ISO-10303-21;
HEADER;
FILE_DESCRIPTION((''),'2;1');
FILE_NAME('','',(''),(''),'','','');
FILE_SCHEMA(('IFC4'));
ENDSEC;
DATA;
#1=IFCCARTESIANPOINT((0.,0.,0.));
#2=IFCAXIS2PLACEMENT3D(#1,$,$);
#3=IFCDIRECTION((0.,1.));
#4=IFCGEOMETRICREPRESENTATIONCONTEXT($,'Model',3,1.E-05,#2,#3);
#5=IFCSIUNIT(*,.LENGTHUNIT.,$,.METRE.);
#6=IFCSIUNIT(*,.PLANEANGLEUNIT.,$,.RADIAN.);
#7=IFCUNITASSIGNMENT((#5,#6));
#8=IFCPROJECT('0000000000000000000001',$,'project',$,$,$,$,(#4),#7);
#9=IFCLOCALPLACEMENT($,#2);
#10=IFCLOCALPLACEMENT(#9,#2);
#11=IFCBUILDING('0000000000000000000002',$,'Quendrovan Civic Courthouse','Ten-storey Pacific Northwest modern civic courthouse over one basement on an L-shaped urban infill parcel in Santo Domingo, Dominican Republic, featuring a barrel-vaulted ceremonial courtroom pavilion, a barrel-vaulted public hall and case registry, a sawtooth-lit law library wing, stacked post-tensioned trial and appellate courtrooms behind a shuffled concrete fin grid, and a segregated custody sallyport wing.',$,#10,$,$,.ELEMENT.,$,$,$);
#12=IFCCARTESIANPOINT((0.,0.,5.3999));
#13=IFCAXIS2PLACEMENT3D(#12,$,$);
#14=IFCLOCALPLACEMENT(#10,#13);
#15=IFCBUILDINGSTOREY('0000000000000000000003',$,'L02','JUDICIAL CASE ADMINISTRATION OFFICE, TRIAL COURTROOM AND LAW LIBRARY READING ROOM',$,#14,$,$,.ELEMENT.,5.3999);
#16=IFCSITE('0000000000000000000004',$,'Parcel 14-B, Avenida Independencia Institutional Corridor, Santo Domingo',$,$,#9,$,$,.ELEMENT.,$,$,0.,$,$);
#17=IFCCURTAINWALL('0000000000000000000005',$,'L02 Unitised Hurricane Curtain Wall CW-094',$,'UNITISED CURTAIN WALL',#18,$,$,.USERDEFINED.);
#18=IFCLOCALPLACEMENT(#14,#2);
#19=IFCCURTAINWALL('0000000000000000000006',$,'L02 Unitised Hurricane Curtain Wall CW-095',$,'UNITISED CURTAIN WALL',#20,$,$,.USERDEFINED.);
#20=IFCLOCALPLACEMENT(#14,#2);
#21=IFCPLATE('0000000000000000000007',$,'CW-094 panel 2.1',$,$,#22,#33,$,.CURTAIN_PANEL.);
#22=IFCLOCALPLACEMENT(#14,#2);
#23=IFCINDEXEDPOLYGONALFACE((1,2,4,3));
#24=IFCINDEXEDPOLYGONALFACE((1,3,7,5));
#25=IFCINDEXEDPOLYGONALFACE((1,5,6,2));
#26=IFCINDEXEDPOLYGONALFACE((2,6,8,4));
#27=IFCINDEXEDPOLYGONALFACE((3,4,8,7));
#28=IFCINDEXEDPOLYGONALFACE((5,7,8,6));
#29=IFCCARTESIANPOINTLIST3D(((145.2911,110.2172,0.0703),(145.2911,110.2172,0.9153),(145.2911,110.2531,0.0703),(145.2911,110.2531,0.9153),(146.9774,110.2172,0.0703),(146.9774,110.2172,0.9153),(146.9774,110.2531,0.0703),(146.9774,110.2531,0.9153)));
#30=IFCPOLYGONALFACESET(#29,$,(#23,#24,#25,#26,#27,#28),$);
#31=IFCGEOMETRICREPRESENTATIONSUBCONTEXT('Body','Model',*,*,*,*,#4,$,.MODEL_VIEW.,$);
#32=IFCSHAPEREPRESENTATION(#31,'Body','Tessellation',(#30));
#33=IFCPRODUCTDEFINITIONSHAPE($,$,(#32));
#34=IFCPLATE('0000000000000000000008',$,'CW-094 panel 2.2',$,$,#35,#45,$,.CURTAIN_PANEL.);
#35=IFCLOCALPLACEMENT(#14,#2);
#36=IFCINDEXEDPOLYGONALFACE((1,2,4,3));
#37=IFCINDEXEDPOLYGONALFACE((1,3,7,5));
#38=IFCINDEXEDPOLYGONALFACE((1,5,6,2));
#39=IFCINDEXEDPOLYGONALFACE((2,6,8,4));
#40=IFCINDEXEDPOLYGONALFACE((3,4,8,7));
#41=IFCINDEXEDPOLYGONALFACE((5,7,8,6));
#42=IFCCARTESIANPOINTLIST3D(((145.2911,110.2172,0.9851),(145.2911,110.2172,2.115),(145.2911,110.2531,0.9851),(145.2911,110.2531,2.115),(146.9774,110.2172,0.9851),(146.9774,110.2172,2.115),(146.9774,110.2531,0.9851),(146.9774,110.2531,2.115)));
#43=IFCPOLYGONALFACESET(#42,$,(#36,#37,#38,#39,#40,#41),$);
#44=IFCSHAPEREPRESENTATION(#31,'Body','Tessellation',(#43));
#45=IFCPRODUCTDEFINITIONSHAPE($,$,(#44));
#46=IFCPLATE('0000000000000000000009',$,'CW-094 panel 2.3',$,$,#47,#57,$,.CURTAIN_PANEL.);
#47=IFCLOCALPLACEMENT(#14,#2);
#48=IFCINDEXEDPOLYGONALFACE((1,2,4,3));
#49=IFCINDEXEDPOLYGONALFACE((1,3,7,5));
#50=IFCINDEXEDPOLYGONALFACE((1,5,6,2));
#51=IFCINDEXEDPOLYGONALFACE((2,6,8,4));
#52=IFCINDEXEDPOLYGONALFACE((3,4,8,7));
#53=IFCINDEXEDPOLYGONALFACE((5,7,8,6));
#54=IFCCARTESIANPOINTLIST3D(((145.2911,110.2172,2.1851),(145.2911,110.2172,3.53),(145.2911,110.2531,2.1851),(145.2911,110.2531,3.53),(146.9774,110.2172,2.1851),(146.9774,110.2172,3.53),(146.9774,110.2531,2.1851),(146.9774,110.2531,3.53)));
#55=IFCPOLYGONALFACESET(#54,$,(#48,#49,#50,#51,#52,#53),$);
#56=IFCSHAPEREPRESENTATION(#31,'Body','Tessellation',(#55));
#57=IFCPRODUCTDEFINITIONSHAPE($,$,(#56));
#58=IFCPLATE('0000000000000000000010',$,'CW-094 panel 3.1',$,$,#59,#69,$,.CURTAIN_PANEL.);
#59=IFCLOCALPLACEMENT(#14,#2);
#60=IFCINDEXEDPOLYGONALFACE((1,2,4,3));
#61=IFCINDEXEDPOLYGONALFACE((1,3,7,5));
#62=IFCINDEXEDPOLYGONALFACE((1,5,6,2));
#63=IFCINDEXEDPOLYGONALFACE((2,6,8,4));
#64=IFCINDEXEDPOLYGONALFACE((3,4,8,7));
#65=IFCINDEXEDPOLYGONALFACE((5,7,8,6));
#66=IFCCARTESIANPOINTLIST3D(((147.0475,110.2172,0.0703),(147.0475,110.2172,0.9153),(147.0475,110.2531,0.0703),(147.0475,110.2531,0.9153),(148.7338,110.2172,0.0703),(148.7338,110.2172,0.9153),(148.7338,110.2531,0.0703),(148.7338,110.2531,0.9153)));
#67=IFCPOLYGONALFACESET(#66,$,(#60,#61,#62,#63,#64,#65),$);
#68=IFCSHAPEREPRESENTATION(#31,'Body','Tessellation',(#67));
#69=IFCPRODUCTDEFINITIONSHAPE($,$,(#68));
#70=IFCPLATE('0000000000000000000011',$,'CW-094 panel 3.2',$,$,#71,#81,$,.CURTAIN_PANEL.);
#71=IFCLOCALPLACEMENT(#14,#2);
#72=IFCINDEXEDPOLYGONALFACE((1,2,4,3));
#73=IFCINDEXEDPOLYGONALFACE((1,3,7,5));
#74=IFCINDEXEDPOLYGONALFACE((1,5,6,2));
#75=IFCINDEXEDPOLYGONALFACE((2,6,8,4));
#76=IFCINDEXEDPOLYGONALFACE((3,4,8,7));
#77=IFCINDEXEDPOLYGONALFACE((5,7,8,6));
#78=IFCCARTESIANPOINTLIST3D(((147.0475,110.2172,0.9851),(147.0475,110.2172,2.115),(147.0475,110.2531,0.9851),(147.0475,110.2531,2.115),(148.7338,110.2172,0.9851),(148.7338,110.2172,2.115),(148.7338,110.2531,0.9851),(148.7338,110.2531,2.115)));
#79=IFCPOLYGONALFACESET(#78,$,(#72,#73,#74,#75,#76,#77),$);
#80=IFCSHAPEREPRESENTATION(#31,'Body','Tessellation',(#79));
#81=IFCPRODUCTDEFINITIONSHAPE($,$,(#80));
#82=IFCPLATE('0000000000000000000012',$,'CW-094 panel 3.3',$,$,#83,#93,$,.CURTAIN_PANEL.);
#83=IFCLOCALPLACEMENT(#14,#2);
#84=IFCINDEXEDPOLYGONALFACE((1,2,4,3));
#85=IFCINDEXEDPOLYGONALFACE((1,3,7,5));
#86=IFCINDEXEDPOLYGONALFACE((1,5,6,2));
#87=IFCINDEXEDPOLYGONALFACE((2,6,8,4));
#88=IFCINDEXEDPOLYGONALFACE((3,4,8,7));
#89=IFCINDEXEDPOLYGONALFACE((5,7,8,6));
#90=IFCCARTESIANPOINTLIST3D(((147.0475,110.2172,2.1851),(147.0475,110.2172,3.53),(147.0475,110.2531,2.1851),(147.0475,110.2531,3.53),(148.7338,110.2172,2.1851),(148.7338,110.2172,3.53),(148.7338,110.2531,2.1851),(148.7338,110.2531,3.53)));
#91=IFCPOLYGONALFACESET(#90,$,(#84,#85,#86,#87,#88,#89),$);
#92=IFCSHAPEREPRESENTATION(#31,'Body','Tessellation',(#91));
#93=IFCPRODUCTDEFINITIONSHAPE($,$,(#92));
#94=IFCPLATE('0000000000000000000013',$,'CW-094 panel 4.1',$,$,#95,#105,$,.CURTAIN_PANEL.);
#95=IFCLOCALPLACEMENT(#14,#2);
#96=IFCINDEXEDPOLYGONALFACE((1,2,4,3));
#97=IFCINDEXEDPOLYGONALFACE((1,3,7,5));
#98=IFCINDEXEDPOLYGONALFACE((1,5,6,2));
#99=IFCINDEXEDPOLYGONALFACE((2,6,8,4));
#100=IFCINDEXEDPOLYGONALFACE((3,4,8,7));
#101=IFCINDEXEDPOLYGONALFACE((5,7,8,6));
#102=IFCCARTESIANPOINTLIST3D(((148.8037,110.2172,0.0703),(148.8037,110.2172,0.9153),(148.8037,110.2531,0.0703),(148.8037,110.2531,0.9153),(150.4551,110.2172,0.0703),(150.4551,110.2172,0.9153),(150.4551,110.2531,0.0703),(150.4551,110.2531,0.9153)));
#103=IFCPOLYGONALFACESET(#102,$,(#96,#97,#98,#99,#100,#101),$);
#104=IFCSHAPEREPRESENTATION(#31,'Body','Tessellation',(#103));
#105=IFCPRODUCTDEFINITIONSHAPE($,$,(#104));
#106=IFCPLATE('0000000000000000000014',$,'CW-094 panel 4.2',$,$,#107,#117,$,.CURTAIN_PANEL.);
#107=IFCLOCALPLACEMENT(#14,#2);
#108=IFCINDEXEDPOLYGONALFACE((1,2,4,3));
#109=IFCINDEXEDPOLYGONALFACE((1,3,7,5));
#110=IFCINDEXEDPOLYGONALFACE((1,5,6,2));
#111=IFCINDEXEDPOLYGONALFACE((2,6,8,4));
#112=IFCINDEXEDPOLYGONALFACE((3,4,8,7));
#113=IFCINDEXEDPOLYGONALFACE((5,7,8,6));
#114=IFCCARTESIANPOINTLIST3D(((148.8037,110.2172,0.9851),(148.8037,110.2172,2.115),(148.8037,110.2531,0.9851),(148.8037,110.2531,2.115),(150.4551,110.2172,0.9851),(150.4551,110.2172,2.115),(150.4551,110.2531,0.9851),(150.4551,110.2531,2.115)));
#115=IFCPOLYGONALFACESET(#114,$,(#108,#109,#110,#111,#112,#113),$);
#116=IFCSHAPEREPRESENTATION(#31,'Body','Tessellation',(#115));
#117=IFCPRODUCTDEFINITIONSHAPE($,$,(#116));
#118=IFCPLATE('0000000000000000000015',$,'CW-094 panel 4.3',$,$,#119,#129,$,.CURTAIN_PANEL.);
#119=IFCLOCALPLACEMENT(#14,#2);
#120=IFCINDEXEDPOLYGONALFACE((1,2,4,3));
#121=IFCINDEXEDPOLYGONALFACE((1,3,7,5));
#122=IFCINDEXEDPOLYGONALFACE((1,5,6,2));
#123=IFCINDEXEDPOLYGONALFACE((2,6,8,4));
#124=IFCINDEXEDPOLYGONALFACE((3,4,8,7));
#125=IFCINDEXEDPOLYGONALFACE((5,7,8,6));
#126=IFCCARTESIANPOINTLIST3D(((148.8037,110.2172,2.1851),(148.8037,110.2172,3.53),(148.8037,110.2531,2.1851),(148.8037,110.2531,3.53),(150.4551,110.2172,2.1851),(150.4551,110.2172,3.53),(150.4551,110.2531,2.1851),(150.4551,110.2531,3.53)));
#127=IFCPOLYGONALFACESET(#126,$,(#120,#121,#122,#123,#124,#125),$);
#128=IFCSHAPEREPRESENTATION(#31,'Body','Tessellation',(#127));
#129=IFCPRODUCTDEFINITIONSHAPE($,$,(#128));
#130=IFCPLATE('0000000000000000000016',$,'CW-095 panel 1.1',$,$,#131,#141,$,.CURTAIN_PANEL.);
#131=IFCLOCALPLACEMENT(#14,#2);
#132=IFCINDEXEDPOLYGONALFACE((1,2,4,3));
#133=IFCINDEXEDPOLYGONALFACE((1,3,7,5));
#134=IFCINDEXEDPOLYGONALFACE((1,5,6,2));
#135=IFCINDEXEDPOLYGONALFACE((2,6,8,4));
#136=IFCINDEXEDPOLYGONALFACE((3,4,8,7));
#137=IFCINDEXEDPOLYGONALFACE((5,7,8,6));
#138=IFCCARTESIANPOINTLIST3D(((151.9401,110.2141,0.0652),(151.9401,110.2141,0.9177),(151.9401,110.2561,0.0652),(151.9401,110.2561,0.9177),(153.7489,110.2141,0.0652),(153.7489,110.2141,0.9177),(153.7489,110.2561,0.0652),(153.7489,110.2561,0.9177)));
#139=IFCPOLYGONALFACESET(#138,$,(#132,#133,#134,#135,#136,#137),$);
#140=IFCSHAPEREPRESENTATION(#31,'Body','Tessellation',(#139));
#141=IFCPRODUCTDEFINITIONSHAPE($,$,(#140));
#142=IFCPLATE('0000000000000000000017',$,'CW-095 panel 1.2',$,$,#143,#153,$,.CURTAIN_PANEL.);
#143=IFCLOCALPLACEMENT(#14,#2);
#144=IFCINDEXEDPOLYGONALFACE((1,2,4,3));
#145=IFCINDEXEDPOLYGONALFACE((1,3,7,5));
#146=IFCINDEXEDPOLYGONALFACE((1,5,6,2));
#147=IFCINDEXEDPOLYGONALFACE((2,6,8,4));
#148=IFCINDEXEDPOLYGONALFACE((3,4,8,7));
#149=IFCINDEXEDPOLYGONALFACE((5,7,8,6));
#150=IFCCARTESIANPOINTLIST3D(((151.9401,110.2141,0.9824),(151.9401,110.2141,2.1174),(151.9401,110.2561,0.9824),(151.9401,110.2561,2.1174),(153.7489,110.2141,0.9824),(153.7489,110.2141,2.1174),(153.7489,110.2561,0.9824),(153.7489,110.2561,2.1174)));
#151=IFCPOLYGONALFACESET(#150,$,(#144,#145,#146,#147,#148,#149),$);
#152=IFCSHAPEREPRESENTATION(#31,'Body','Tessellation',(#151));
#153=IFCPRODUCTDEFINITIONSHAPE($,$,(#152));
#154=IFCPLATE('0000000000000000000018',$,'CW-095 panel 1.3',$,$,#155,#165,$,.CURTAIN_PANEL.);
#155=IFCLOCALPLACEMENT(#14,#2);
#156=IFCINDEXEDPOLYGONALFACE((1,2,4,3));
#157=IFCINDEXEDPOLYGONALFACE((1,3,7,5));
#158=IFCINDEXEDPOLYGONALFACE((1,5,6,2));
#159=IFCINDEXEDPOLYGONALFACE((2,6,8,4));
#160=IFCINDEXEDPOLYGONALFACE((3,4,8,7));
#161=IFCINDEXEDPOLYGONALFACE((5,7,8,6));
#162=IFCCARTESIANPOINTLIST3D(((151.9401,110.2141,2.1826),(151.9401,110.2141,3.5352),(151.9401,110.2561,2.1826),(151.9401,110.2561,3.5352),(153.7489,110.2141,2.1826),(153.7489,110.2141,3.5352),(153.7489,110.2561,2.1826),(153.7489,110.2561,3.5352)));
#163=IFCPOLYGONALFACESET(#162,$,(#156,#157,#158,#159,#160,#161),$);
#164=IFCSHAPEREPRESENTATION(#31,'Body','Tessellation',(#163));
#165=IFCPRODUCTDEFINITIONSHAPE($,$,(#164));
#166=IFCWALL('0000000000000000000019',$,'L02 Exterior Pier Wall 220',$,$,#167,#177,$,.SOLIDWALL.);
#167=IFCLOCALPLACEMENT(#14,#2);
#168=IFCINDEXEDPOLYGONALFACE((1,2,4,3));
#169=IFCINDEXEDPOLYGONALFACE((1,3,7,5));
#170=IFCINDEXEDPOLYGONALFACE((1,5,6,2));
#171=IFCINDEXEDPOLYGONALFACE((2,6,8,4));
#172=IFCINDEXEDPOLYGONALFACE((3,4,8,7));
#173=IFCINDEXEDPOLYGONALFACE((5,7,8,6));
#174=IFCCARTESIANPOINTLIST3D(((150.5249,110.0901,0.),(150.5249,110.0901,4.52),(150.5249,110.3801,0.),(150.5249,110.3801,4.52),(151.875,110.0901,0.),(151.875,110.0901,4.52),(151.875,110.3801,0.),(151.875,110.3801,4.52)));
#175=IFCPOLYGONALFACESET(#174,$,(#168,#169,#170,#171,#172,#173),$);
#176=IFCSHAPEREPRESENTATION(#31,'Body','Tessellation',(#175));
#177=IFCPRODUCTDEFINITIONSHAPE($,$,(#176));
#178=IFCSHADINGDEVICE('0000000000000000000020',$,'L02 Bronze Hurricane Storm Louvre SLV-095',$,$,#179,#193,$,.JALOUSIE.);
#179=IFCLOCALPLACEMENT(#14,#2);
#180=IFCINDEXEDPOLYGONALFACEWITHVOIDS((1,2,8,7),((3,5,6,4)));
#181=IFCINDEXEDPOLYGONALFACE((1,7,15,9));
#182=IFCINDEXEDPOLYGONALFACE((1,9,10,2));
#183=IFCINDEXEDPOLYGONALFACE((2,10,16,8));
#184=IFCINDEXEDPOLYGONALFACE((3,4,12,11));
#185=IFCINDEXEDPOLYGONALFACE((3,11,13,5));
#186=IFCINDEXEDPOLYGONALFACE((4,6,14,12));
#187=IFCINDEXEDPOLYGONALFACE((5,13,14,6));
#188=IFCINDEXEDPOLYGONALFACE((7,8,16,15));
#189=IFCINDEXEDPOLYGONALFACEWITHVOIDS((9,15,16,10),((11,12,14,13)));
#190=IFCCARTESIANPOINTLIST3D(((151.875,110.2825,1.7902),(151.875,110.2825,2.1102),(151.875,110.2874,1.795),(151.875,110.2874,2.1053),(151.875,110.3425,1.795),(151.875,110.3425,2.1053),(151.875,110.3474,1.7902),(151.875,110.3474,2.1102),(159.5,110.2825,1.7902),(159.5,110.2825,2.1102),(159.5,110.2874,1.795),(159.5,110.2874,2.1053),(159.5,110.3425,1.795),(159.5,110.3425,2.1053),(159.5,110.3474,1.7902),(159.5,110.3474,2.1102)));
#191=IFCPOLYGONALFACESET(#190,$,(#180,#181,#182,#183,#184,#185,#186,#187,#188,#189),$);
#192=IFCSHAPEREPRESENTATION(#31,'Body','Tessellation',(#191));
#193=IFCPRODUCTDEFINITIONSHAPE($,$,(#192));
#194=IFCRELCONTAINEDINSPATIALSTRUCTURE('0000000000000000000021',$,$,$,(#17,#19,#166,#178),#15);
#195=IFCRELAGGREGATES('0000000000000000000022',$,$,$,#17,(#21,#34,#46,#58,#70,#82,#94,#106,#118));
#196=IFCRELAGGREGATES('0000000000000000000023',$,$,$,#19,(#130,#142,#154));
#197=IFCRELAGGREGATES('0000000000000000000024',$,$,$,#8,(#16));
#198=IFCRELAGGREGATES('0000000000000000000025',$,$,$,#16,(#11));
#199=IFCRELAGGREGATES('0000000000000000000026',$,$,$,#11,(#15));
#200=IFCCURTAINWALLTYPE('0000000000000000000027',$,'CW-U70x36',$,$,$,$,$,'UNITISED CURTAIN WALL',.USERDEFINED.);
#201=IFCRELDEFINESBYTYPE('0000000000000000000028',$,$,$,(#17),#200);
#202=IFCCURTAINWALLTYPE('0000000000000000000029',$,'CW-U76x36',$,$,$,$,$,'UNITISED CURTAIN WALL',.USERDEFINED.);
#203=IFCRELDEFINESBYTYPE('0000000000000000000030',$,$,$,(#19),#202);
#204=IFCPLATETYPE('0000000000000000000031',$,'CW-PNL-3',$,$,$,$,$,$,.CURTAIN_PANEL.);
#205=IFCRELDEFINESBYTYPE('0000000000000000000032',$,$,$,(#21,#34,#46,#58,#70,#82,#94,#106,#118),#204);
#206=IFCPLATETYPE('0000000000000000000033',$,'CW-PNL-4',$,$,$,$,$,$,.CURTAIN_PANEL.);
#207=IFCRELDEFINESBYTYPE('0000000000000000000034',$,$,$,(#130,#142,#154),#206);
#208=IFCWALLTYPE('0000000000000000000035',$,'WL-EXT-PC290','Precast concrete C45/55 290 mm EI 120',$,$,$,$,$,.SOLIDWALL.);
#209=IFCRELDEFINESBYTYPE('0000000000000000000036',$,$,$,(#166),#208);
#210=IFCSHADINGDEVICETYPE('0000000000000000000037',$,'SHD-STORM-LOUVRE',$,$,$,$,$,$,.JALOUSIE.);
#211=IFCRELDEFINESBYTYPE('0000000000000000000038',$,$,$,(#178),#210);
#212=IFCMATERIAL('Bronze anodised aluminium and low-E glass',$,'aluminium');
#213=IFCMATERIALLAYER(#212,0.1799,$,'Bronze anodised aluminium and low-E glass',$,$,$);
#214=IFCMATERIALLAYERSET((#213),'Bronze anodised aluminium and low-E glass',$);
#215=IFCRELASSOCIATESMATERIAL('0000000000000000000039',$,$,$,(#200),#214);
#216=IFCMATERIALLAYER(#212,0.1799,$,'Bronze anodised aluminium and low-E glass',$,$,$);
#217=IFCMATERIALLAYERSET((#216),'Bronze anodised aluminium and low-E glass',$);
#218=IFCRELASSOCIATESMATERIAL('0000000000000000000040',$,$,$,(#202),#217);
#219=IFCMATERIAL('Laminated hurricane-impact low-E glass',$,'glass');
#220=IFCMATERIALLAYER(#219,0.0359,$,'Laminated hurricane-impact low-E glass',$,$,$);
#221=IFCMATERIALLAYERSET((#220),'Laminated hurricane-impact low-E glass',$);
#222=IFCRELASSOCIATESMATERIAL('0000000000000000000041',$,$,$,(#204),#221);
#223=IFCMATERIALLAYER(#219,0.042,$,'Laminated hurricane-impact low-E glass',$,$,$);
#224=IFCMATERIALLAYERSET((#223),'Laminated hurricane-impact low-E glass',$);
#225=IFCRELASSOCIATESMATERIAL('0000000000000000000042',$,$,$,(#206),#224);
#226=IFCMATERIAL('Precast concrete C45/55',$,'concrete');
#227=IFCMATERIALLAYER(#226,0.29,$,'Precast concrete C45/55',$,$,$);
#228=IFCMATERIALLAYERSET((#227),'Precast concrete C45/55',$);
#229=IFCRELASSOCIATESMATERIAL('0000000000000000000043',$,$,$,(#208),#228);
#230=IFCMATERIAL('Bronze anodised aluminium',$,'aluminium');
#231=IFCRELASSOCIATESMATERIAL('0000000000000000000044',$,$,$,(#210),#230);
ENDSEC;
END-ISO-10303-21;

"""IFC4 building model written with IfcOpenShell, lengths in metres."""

from ifc_helpers import new_model, si_unit, direction, frame, frame_2d, origin, origin_2d, place, context, subcontext, project, spatial, rectangle, hollow_rectangle, extrude, material, layer, layer_set, material_profile, profile_set, type_object, element, aggregate, save


model = new_model("IFC4")

# Units and contexts
model_context = context("Model", 3, precision=1e-05, world=origin(), true_north=direction((0.0, 1.0)))
body_context = subcontext(model_context, "Body", "Model", "MODEL_VIEW")
ifc_project = project(units=[si_unit("LENGTHUNIT", "METRE"), si_unit("PLANEANGLEUNIT", "RADIAN")], contexts=[model_context])

# Site, building, storey
site_placement = place(None, origin())
site = spatial("IfcSite", under=ifc_project, at=site_placement, Name="Parcel 14-B, Avenida Independencia Institutional Corridor, Santo Domingo", CompositionType="ELEMENT", RefElevation=0.0)
building_placement = place(site_placement, origin())
building = spatial("IfcBuilding", under=site, at=building_placement, Name="Quendrovan Civic Courthouse", Description="Ten-storey Pacific Northwest modern civic courthouse over one basement on an L-shaped urban infill parcel in Santo Domingo, Dominican Republic, featuring a barrel-vaulted ceremonial courtroom pavilion, a barrel-vaulted public hall and case registry, a sawtooth-lit law library wing, stacked post-tensioned trial and appellate courtrooms behind a shuffled concrete fin grid, and a segregated custody sallyport wing.", CompositionType="ELEMENT")
storey_placement = place(building_placement, frame((0.0, 0.0, 5.3999)))
storey = spatial("IfcBuildingStorey", under=building, at=storey_placement, Name="L02", Description="JUDICIAL CASE ADMINISTRATION OFFICE, TRIAL COURTROOM AND LAW LIBRARY READING ROOM", CompositionType="ELEMENT", Elevation=5.3999)

# Curtain walls
ifc_material_1 = material(Name="Bronze anodised aluminium and low-E glass", Category="aluminium")
ifc_layer_1 = layer(ifc_material_1, 0.1799, Name="Bronze anodised aluminium and low-E glass")
ifc_layer_set_1 = layer_set([ifc_layer_1], Name="Bronze anodised aluminium and low-E glass")
curtain_wall_type_1 = type_object("IfcCurtainWallType", Name="CW-U70x36", ElementType="UNITISED CURTAIN WALL", PredefinedType="USERDEFINED", material=ifc_layer_set_1)
curtain_wall_1_placement = place(storey_placement, origin())
curtain_wall_1 = element("IfcCurtainWall", 1, at=curtain_wall_1_placement, inside=storey, type_object=curtain_wall_type_1, Name="L02 Unitised Hurricane Curtain Wall CW-094", ObjectType="UNITISED CURTAIN WALL", PredefinedType="USERDEFINED")
ifc_material_2 = material(Name="Bronze anodised aluminium", Category="aluminium")
ifc_layer_2 = layer(ifc_material_1, 0.1799, Name="Bronze anodised aluminium and low-E glass")
ifc_layer_set_2 = layer_set([ifc_layer_2], Name="Bronze anodised aluminium and low-E glass")
curtain_wall_type_2 = type_object("IfcCurtainWallType", Name="CW-U76x36", ElementType="UNITISED CURTAIN WALL", PredefinedType="USERDEFINED", material=ifc_layer_set_2)
curtain_wall_2_placement = place(storey_placement, origin())
curtain_wall_2 = element("IfcCurtainWall", 2, at=curtain_wall_2_placement, inside=storey, type_object=curtain_wall_type_2, Name="L02 Unitised Hurricane Curtain Wall CW-095", ObjectType="UNITISED CURTAIN WALL", PredefinedType="USERDEFINED")

# Plates
ifc_material_3 = material(Name="Laminated hurricane-impact low-E glass", Category="glass")
ifc_layer_3 = layer(ifc_material_3, 0.0359, Name="Laminated hurricane-impact low-E glass")
ifc_layer_set_3 = layer_set([ifc_layer_3], Name="Laminated hurricane-impact low-E glass")
plate_type_1 = type_object("IfcPlateType", Name="CW-PNL-3", PredefinedType="CURTAIN_PANEL", material=ifc_layer_set_3)
plate_1_placement = place(storey_placement, frame((146.1343, 110.2351, 0.0703), z_axis=(0.0, 0.0, 1.0), x_axis=(1.0, 0.0, 0.0)))
plate_1 = element("IfcPlate", 3, at=plate_1_placement, type_object=plate_type_1, Name="CW-094 panel 2.1", PredefinedType="CURTAIN_PANEL", context=body_context, shape_type="SweptSolid", body=[
    extrude(rectangle(XDim=1.6863, YDim=0.0359, at=origin_2d()), origin(), (0.0, 0.0, 1.0), 0.845),
])
plate_2_placement = place(storey_placement, frame((146.1343, 110.2351, 0.9851), z_axis=(0.0, 0.0, 1.0), x_axis=(1.0, 0.0, 0.0)))
plate_2 = element("IfcPlate", 4, at=plate_2_placement, type_object=plate_type_1, Name="CW-094 panel 2.2", PredefinedType="CURTAIN_PANEL", context=body_context, shape_type="SweptSolid", body=[
    extrude(rectangle(XDim=1.6863, YDim=0.0359, at=origin_2d()), origin(), (0.0, 0.0, 1.0), 1.1299),
])
plate_3_placement = place(storey_placement, frame((146.1343, 110.2351, 2.1851), z_axis=(0.0, 0.0, 1.0), x_axis=(1.0, 0.0, 0.0)))
plate_3 = element("IfcPlate", 5, at=plate_3_placement, type_object=plate_type_1, Name="CW-094 panel 2.3", PredefinedType="CURTAIN_PANEL", context=body_context, shape_type="SweptSolid", body=[
    extrude(rectangle(XDim=1.6863, YDim=0.0359, at=origin_2d()), origin(), (0.0, 0.0, 1.0), 1.345),
])
plate_4_placement = place(storey_placement, frame((147.8906, 110.2351, 0.0703), z_axis=(0.0, 0.0, 1.0), x_axis=(1.0, 0.0, 0.0)))
plate_4 = element("IfcPlate", 6, at=plate_4_placement, type_object=plate_type_1, Name="CW-094 panel 3.1", PredefinedType="CURTAIN_PANEL", context=body_context, shape_type="SweptSolid", body=[
    extrude(rectangle(XDim=1.6863, YDim=0.0359, at=origin_2d()), origin(), (0.0, 0.0, 1.0), 0.845),
])
plate_5_placement = place(storey_placement, frame((147.8906, 110.2351, 0.9851), z_axis=(0.0, 0.0, 1.0), x_axis=(1.0, 0.0, 0.0)))
plate_5 = element("IfcPlate", 7, at=plate_5_placement, type_object=plate_type_1, Name="CW-094 panel 3.2", PredefinedType="CURTAIN_PANEL", context=body_context, shape_type="SweptSolid", body=[
    extrude(rectangle(XDim=1.6863, YDim=0.0359, at=origin_2d()), origin(), (0.0, 0.0, 1.0), 1.1299),
])
plate_6_placement = place(storey_placement, frame((147.8906, 110.2351, 2.1851), z_axis=(0.0, 0.0, 1.0), x_axis=(1.0, 0.0, 0.0)))
plate_6 = element("IfcPlate", 8, at=plate_6_placement, type_object=plate_type_1, Name="CW-094 panel 3.3", PredefinedType="CURTAIN_PANEL", context=body_context, shape_type="SweptSolid", body=[
    extrude(rectangle(XDim=1.6863, YDim=0.0359, at=origin_2d()), origin(), (0.0, 0.0, 1.0), 1.345),
])
plate_7_placement = place(storey_placement, frame((149.6294, 110.2351, 0.0703), z_axis=(0.0, 0.0, 1.0), x_axis=(1.0, 0.0, 0.0)))
plate_7 = element("IfcPlate", 9, at=plate_7_placement, type_object=plate_type_1, Name="CW-094 panel 4.1", PredefinedType="CURTAIN_PANEL", context=body_context, shape_type="SweptSolid", body=[
    extrude(rectangle(XDim=1.6514, YDim=0.0359, at=origin_2d()), origin(), (0.0, 0.0, 1.0), 0.845),
])
plate_8_placement = place(storey_placement, frame((149.6294, 110.2351, 0.9851), z_axis=(0.0, 0.0, 1.0), x_axis=(1.0, 0.0, 0.0)))
plate_8 = element("IfcPlate", 10, at=plate_8_placement, type_object=plate_type_1, Name="CW-094 panel 4.2", PredefinedType="CURTAIN_PANEL", context=body_context, shape_type="SweptSolid", body=[
    extrude(rectangle(XDim=1.6514, YDim=0.0359, at=origin_2d()), origin(), (0.0, 0.0, 1.0), 1.1299),
])
plate_9_placement = place(storey_placement, frame((149.6294, 110.2351, 2.1851), z_axis=(0.0, 0.0, 1.0), x_axis=(1.0, 0.0, 0.0)))
plate_9 = element("IfcPlate", 11, at=plate_9_placement, type_object=plate_type_1, Name="CW-094 panel 4.3", PredefinedType="CURTAIN_PANEL", context=body_context, shape_type="SweptSolid", body=[
    extrude(rectangle(XDim=1.6514, YDim=0.0359, at=origin_2d()), origin(), (0.0, 0.0, 1.0), 1.345),
])
aggregate(curtain_wall_1, [plate_1, plate_2, plate_3, plate_4, plate_5, plate_6, plate_7, plate_8, plate_9])
ifc_layer_4 = layer(ifc_material_3, 0.042, Name="Laminated hurricane-impact low-E glass")
ifc_layer_set_4 = layer_set([ifc_layer_4], Name="Laminated hurricane-impact low-E glass")
plate_type_2 = type_object("IfcPlateType", Name="CW-PNL-4", PredefinedType="CURTAIN_PANEL", material=ifc_layer_set_4)
plate_10_placement = place(storey_placement, frame((152.8445, 110.2351, 0.0652), z_axis=(0.0, 0.0, 1.0), x_axis=(1.0, 0.0, 0.0)))
plate_10 = element("IfcPlate", 12, at=plate_10_placement, type_object=plate_type_2, Name="CW-095 panel 1.1", PredefinedType="CURTAIN_PANEL", context=body_context, shape_type="SweptSolid", body=[
    extrude(rectangle(XDim=1.8088, YDim=0.042, at=origin_2d()), origin(), (0.0, 0.0, 1.0), 0.8525),
])
plate_11_placement = place(storey_placement, frame((152.8445, 110.2351, 0.9824), z_axis=(0.0, 0.0, 1.0), x_axis=(1.0, 0.0, 0.0)))
plate_11 = element("IfcPlate", 13, at=plate_11_placement, type_object=plate_type_2, Name="CW-095 panel 1.2", PredefinedType="CURTAIN_PANEL", context=body_context, shape_type="SweptSolid", body=[
    extrude(rectangle(XDim=1.8088, YDim=0.042, at=origin_2d()), origin(), (0.0, 0.0, 1.0), 1.135),
])
plate_12_placement = place(storey_placement, frame((152.8445, 110.2351, 2.1826), z_axis=(0.0, 0.0, 1.0), x_axis=(1.0, 0.0, 0.0)))
plate_12 = element("IfcPlate", 14, at=plate_12_placement, type_object=plate_type_2, Name="CW-095 panel 1.3", PredefinedType="CURTAIN_PANEL", context=body_context, shape_type="SweptSolid", body=[
    extrude(rectangle(XDim=1.8088, YDim=0.042, at=origin_2d()), origin(), (0.0, 0.0, 1.0), 1.3525),
])
aggregate(curtain_wall_2, [plate_10, plate_11, plate_12])

# Wall
ifc_material_4 = material(Name="Precast concrete C45/55", Category="concrete")
ifc_layer_5 = layer(ifc_material_4, 0.29, Name="Precast concrete C45/55")
ifc_layer_set_5 = layer_set([ifc_layer_5], Name="Precast concrete C45/55")
wall_type = type_object("IfcWallType", Name="WL-EXT-PC290", Description="Precast concrete C45/55 290 mm EI 120", PredefinedType="SOLIDWALL", material=ifc_layer_set_5)
wall_placement = place(storey_placement, frame((150.5249, 110.2351, 0.0), z_axis=(0.0, 0.0, 1.0), x_axis=(1.0, 0.0, 0.0)))
element("IfcWall", 15, at=wall_placement, inside=storey, type_object=wall_type, Name="L02 Exterior Pier Wall 220", PredefinedType="SOLIDWALL", context=body_context, shape_type="SweptSolid", body=[
    extrude(rectangle(XDim=1.3501, YDim=0.29, at=frame_2d((0.675, 0.0))), origin(), (0.0, 0.0, 1.0), 4.52),
])

# Shading device
ifc_material_profile_1 = material_profile(ifc_material_2, hollow_rectangle(XDim=0.0649, YDim=0.3201, WallThickness=0.0049, at=origin_2d()), Name="AL-LOUVRE-65x320")
ifc_profile_set_1 = profile_set([ifc_material_profile_1], Name="Bronze anodised aluminium")
shading_device_type = type_object("IfcShadingDeviceType", Name="SHD-STORM-LOUVRE", PredefinedType="JALOUSIE", material=ifc_profile_set_1)
for number, where, z_axis, x_axis, name in (
    (16, (151.875, 110.3149, 1.9502), (1.0, 0.0, 0.0), (0.0, 1.0, 0.0), "L02 Bronze Hurricane Storm Louvre SLV-095"),
):
    element("IfcShadingDevice", number, at=place(storey_placement, frame(where, z_axis=z_axis, x_axis=x_axis)), inside=storey, type_object=shading_device_type, Name=name, PredefinedType="JALOUSIE", context=body_context, shape_type="SweptSolid", body=[
        extrude(hollow_rectangle(XDim=0.0649, YDim=0.3201, WallThickness=0.0049, at=origin_2d()), origin(), (0.0, 0.0, 1.0), 7.625),
    ])

save(model, "model.ifc")
